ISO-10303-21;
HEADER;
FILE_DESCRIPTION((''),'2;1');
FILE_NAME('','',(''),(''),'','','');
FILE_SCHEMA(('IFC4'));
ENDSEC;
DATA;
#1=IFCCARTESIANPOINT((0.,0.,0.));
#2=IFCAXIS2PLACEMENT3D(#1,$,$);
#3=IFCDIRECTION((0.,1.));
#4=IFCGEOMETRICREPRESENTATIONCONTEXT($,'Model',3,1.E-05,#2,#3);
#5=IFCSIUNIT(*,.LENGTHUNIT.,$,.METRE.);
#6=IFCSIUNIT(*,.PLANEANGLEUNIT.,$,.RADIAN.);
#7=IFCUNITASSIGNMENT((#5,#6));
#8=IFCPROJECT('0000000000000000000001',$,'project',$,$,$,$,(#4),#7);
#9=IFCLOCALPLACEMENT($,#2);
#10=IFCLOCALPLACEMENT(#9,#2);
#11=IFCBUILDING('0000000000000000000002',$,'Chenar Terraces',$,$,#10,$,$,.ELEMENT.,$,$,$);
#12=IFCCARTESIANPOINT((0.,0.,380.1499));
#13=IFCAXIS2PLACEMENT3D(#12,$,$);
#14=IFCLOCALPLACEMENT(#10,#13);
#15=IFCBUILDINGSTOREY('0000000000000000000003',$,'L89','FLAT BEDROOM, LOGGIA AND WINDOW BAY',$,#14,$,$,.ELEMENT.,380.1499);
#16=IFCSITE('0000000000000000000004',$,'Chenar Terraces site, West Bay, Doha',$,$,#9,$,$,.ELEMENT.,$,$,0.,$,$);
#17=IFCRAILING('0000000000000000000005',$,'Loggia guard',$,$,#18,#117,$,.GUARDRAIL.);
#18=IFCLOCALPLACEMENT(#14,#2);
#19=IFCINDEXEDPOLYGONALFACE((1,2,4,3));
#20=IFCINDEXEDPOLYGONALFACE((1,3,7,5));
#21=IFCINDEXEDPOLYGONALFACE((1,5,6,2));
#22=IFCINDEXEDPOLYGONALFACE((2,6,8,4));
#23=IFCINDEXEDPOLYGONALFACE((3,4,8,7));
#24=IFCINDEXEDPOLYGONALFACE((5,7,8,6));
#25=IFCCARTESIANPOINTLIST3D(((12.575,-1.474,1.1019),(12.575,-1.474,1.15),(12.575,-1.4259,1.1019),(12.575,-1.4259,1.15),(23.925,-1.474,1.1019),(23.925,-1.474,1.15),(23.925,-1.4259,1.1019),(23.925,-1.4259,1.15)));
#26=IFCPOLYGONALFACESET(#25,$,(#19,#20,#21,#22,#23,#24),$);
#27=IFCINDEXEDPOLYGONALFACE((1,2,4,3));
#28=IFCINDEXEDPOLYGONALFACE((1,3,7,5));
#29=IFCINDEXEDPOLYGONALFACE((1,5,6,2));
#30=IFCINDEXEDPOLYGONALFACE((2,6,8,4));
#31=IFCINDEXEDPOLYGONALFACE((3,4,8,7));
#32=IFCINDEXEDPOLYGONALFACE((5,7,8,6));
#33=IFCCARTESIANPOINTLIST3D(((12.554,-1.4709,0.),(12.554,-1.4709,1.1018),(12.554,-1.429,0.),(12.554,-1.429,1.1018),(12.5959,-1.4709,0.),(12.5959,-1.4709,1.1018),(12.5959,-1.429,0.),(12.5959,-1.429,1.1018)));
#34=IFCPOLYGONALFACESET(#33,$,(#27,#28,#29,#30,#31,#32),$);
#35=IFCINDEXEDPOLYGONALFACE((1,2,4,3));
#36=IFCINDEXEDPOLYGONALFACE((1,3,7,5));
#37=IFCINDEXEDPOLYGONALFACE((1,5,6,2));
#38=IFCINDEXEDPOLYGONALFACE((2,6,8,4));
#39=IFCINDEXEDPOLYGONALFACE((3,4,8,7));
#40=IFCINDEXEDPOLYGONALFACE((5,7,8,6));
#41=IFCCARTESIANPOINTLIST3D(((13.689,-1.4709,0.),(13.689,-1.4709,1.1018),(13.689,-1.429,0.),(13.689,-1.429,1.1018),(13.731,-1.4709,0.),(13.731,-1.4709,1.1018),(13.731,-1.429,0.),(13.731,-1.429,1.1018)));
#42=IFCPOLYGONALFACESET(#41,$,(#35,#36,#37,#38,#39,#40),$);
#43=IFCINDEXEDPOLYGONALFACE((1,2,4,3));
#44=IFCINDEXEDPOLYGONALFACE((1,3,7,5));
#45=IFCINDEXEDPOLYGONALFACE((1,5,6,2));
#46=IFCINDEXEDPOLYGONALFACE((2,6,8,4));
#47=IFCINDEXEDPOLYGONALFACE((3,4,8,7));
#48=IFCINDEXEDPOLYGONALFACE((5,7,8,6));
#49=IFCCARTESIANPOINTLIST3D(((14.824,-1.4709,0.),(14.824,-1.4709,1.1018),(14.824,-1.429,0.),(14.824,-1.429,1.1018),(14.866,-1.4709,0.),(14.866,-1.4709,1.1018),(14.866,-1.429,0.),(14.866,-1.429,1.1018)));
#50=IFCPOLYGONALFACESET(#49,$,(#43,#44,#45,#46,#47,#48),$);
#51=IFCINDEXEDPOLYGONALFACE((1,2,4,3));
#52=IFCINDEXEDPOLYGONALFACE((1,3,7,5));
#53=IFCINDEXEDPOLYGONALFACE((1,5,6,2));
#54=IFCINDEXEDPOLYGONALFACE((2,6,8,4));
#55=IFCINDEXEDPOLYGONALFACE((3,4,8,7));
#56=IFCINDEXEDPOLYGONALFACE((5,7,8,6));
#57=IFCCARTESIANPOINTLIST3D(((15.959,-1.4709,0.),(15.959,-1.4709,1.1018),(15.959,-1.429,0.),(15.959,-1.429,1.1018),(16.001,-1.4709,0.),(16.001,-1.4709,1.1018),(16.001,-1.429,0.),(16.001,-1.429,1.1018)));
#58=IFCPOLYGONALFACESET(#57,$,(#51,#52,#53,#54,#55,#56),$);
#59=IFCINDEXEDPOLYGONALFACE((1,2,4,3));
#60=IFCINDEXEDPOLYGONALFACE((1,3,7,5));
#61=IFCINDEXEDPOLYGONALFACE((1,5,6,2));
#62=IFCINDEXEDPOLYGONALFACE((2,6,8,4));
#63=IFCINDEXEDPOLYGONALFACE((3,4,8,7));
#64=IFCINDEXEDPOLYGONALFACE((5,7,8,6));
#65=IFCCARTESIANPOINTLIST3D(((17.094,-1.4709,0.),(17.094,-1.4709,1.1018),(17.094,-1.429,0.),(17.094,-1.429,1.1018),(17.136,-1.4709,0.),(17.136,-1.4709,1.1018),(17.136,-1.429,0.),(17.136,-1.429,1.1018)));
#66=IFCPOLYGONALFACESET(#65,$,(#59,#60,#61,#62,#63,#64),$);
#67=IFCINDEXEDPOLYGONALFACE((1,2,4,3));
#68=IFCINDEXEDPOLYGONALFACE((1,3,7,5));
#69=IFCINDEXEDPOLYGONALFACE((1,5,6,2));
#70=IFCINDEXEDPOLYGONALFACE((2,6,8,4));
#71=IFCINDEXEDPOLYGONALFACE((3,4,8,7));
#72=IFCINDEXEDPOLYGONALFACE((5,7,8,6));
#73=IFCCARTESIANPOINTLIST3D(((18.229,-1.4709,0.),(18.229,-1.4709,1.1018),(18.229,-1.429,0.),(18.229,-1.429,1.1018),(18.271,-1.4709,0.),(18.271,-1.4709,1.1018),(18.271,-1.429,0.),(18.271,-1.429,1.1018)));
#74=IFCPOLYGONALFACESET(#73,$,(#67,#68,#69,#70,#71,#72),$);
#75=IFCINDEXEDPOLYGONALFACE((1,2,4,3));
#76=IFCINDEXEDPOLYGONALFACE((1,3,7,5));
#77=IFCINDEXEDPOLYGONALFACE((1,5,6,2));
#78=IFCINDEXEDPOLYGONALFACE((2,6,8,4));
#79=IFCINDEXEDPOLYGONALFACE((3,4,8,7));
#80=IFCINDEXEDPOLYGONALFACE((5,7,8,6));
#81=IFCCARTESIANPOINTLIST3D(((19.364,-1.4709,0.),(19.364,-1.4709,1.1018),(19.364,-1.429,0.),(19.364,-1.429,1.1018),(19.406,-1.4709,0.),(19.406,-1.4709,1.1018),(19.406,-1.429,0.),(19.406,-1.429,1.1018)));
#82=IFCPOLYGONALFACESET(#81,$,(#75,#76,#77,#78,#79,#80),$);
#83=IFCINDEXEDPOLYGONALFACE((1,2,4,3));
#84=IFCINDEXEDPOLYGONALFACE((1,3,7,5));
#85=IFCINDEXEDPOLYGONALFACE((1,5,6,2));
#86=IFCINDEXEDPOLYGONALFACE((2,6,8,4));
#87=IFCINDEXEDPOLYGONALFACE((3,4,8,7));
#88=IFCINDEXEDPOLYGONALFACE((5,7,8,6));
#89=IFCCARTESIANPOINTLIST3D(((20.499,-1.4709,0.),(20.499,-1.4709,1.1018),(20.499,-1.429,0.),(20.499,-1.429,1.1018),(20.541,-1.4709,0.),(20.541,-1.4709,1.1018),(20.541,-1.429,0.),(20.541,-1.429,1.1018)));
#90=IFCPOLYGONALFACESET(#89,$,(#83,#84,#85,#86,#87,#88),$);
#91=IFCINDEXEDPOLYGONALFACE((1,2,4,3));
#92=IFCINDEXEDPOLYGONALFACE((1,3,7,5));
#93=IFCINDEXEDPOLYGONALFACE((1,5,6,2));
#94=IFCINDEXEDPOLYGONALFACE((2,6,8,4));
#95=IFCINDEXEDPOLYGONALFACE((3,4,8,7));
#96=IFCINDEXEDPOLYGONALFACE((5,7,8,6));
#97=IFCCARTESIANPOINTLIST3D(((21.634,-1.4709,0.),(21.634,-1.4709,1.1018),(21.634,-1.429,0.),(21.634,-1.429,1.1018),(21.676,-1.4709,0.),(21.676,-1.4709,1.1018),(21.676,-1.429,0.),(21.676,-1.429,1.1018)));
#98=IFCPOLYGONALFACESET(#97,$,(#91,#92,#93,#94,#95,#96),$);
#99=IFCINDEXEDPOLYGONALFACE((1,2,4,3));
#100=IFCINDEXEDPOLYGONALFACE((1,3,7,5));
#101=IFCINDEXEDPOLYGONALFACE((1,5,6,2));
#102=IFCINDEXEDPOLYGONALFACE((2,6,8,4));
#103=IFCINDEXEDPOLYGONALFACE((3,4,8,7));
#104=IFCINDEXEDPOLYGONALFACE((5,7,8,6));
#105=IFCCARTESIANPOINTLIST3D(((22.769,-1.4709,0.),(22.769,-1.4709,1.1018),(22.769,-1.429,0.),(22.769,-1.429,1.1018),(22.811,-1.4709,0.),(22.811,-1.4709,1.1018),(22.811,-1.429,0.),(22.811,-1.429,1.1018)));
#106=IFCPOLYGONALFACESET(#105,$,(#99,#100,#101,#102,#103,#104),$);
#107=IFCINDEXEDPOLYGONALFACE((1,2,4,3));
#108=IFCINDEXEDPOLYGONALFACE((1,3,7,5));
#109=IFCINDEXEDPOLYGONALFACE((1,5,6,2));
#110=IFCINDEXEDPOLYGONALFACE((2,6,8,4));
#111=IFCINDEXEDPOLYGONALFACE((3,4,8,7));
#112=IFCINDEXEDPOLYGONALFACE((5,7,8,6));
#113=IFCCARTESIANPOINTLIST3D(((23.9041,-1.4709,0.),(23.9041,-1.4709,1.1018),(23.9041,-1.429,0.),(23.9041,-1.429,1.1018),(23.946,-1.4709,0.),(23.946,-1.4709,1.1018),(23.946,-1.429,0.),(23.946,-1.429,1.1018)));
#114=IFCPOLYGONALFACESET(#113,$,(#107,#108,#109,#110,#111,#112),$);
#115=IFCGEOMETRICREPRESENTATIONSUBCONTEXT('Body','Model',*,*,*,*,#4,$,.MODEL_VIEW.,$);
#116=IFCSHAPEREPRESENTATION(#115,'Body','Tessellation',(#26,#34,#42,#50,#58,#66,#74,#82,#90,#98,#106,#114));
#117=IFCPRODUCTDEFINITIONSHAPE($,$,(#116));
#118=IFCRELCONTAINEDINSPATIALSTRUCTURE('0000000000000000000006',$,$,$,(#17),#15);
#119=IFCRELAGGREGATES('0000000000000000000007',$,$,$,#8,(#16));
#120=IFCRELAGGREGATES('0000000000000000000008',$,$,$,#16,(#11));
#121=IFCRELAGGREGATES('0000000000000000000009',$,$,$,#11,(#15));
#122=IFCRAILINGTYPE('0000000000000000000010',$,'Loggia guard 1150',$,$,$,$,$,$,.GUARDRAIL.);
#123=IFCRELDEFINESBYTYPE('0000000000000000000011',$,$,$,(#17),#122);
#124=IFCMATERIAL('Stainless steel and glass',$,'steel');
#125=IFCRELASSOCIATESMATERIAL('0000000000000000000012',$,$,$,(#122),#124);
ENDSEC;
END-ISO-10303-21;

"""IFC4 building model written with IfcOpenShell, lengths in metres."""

from ifc_helpers import new_model, si_unit, direction, frame, origin, origin_2d, place, context, subcontext, project, spatial, rectangle, extrude, material, type_object, element, save


model = new_model("IFC4")

# Units and contexts
model_context = context("Model", 3, precision=1e-05, world=origin(), true_north=direction((0.0, 1.0)))
body_context = subcontext(model_context, "Body", "Model", "MODEL_VIEW")
ifc_project = project(units=[si_unit("LENGTHUNIT", "METRE"), si_unit("PLANEANGLEUNIT", "RADIAN")], contexts=[model_context])

# Site, building, storey
site_placement = place(None, origin())
site = spatial("IfcSite", under=ifc_project, at=site_placement, Name="Chenar Terraces site, West Bay, Doha", CompositionType="ELEMENT", RefElevation=0.0)
building_placement = place(site_placement, origin())
building = spatial("IfcBuilding", under=site, at=building_placement, Name="Chenar Terraces", CompositionType="ELEMENT")
storey_placement = place(building_placement, frame((0.0, 0.0, 380.1499)))
storey = spatial("IfcBuildingStorey", under=building, at=storey_placement, Name="L89", Description="FLAT BEDROOM, LOGGIA AND WINDOW BAY", CompositionType="ELEMENT", Elevation=380.1499)

# Railing
ifc_material_1 = material(Name="Stainless steel and glass", Category="steel")
railing_type = type_object("IfcRailingType", Name="Loggia guard 1150", PredefinedType="GUARDRAIL", material=ifc_material_1)
railing_placement = place(storey_placement, frame((12.575, -1.45, 0.0)))
element("IfcRailing", 1, at=railing_placement, inside=storey, type_object=railing_type, Name="Loggia guard", PredefinedType="GUARDRAIL", context=body_context, shape_type="SweptSolid", body=[
    extrude(rectangle(XDim=0.0481, YDim=0.0481, at=origin_2d()), frame((0.0, 0.0, 1.126), z_axis=(1.0, 0.0, 0.0), x_axis=(0.0, 1.0, 0.0)), (0.0, 0.0, 1.0), 11.3501),
    extrude(rectangle(XDim=0.042, YDim=0.042, at=origin_2d()), origin(), (0.0, 0.0, 1.0), 1.1018),
    extrude(rectangle(XDim=0.042, YDim=0.042, at=origin_2d()), frame((1.135, 0.0, 0.0)), (0.0, 0.0, 1.0), 1.1018),
    extrude(rectangle(XDim=0.042, YDim=0.042, at=origin_2d()), frame((2.27, 0.0, 0.0)), (0.0, 0.0, 1.0), 1.1018),
    extrude(rectangle(XDim=0.042, YDim=0.042, at=origin_2d()), frame((3.405, 0.0, 0.0)), (0.0, 0.0, 1.0), 1.1018),
    extrude(rectangle(XDim=0.042, YDim=0.042, at=origin_2d()), frame((4.54, 0.0, 0.0)), (0.0, 0.0, 1.0), 1.1018),
    extrude(rectangle(XDim=0.042, YDim=0.042, at=origin_2d()), frame((5.675, 0.0, 0.0)), (0.0, 0.0, 1.0), 1.1018),
    extrude(rectangle(XDim=0.042, YDim=0.042, at=origin_2d()), frame((6.8101, 0.0, 0.0)), (0.0, 0.0, 1.0), 1.1018),
    extrude(rectangle(XDim=0.042, YDim=0.042, at=origin_2d()), frame((7.9451, 0.0, 0.0)), (0.0, 0.0, 1.0), 1.1018),
    extrude(rectangle(XDim=0.042, YDim=0.042, at=origin_2d()), frame((9.0801, 0.0, 0.0)), (0.0, 0.0, 1.0), 1.1018),
    extrude(rectangle(XDim=0.042, YDim=0.042, at=origin_2d()), frame((10.2151, 0.0, 0.0)), (0.0, 0.0, 1.0), 1.1018),
    extrude(rectangle(XDim=0.042, YDim=0.042, at=origin_2d()), frame((11.3501, 0.0, 0.0)), (0.0, 0.0, 1.0), 1.1018),
])

save(model, "model.ifc")
